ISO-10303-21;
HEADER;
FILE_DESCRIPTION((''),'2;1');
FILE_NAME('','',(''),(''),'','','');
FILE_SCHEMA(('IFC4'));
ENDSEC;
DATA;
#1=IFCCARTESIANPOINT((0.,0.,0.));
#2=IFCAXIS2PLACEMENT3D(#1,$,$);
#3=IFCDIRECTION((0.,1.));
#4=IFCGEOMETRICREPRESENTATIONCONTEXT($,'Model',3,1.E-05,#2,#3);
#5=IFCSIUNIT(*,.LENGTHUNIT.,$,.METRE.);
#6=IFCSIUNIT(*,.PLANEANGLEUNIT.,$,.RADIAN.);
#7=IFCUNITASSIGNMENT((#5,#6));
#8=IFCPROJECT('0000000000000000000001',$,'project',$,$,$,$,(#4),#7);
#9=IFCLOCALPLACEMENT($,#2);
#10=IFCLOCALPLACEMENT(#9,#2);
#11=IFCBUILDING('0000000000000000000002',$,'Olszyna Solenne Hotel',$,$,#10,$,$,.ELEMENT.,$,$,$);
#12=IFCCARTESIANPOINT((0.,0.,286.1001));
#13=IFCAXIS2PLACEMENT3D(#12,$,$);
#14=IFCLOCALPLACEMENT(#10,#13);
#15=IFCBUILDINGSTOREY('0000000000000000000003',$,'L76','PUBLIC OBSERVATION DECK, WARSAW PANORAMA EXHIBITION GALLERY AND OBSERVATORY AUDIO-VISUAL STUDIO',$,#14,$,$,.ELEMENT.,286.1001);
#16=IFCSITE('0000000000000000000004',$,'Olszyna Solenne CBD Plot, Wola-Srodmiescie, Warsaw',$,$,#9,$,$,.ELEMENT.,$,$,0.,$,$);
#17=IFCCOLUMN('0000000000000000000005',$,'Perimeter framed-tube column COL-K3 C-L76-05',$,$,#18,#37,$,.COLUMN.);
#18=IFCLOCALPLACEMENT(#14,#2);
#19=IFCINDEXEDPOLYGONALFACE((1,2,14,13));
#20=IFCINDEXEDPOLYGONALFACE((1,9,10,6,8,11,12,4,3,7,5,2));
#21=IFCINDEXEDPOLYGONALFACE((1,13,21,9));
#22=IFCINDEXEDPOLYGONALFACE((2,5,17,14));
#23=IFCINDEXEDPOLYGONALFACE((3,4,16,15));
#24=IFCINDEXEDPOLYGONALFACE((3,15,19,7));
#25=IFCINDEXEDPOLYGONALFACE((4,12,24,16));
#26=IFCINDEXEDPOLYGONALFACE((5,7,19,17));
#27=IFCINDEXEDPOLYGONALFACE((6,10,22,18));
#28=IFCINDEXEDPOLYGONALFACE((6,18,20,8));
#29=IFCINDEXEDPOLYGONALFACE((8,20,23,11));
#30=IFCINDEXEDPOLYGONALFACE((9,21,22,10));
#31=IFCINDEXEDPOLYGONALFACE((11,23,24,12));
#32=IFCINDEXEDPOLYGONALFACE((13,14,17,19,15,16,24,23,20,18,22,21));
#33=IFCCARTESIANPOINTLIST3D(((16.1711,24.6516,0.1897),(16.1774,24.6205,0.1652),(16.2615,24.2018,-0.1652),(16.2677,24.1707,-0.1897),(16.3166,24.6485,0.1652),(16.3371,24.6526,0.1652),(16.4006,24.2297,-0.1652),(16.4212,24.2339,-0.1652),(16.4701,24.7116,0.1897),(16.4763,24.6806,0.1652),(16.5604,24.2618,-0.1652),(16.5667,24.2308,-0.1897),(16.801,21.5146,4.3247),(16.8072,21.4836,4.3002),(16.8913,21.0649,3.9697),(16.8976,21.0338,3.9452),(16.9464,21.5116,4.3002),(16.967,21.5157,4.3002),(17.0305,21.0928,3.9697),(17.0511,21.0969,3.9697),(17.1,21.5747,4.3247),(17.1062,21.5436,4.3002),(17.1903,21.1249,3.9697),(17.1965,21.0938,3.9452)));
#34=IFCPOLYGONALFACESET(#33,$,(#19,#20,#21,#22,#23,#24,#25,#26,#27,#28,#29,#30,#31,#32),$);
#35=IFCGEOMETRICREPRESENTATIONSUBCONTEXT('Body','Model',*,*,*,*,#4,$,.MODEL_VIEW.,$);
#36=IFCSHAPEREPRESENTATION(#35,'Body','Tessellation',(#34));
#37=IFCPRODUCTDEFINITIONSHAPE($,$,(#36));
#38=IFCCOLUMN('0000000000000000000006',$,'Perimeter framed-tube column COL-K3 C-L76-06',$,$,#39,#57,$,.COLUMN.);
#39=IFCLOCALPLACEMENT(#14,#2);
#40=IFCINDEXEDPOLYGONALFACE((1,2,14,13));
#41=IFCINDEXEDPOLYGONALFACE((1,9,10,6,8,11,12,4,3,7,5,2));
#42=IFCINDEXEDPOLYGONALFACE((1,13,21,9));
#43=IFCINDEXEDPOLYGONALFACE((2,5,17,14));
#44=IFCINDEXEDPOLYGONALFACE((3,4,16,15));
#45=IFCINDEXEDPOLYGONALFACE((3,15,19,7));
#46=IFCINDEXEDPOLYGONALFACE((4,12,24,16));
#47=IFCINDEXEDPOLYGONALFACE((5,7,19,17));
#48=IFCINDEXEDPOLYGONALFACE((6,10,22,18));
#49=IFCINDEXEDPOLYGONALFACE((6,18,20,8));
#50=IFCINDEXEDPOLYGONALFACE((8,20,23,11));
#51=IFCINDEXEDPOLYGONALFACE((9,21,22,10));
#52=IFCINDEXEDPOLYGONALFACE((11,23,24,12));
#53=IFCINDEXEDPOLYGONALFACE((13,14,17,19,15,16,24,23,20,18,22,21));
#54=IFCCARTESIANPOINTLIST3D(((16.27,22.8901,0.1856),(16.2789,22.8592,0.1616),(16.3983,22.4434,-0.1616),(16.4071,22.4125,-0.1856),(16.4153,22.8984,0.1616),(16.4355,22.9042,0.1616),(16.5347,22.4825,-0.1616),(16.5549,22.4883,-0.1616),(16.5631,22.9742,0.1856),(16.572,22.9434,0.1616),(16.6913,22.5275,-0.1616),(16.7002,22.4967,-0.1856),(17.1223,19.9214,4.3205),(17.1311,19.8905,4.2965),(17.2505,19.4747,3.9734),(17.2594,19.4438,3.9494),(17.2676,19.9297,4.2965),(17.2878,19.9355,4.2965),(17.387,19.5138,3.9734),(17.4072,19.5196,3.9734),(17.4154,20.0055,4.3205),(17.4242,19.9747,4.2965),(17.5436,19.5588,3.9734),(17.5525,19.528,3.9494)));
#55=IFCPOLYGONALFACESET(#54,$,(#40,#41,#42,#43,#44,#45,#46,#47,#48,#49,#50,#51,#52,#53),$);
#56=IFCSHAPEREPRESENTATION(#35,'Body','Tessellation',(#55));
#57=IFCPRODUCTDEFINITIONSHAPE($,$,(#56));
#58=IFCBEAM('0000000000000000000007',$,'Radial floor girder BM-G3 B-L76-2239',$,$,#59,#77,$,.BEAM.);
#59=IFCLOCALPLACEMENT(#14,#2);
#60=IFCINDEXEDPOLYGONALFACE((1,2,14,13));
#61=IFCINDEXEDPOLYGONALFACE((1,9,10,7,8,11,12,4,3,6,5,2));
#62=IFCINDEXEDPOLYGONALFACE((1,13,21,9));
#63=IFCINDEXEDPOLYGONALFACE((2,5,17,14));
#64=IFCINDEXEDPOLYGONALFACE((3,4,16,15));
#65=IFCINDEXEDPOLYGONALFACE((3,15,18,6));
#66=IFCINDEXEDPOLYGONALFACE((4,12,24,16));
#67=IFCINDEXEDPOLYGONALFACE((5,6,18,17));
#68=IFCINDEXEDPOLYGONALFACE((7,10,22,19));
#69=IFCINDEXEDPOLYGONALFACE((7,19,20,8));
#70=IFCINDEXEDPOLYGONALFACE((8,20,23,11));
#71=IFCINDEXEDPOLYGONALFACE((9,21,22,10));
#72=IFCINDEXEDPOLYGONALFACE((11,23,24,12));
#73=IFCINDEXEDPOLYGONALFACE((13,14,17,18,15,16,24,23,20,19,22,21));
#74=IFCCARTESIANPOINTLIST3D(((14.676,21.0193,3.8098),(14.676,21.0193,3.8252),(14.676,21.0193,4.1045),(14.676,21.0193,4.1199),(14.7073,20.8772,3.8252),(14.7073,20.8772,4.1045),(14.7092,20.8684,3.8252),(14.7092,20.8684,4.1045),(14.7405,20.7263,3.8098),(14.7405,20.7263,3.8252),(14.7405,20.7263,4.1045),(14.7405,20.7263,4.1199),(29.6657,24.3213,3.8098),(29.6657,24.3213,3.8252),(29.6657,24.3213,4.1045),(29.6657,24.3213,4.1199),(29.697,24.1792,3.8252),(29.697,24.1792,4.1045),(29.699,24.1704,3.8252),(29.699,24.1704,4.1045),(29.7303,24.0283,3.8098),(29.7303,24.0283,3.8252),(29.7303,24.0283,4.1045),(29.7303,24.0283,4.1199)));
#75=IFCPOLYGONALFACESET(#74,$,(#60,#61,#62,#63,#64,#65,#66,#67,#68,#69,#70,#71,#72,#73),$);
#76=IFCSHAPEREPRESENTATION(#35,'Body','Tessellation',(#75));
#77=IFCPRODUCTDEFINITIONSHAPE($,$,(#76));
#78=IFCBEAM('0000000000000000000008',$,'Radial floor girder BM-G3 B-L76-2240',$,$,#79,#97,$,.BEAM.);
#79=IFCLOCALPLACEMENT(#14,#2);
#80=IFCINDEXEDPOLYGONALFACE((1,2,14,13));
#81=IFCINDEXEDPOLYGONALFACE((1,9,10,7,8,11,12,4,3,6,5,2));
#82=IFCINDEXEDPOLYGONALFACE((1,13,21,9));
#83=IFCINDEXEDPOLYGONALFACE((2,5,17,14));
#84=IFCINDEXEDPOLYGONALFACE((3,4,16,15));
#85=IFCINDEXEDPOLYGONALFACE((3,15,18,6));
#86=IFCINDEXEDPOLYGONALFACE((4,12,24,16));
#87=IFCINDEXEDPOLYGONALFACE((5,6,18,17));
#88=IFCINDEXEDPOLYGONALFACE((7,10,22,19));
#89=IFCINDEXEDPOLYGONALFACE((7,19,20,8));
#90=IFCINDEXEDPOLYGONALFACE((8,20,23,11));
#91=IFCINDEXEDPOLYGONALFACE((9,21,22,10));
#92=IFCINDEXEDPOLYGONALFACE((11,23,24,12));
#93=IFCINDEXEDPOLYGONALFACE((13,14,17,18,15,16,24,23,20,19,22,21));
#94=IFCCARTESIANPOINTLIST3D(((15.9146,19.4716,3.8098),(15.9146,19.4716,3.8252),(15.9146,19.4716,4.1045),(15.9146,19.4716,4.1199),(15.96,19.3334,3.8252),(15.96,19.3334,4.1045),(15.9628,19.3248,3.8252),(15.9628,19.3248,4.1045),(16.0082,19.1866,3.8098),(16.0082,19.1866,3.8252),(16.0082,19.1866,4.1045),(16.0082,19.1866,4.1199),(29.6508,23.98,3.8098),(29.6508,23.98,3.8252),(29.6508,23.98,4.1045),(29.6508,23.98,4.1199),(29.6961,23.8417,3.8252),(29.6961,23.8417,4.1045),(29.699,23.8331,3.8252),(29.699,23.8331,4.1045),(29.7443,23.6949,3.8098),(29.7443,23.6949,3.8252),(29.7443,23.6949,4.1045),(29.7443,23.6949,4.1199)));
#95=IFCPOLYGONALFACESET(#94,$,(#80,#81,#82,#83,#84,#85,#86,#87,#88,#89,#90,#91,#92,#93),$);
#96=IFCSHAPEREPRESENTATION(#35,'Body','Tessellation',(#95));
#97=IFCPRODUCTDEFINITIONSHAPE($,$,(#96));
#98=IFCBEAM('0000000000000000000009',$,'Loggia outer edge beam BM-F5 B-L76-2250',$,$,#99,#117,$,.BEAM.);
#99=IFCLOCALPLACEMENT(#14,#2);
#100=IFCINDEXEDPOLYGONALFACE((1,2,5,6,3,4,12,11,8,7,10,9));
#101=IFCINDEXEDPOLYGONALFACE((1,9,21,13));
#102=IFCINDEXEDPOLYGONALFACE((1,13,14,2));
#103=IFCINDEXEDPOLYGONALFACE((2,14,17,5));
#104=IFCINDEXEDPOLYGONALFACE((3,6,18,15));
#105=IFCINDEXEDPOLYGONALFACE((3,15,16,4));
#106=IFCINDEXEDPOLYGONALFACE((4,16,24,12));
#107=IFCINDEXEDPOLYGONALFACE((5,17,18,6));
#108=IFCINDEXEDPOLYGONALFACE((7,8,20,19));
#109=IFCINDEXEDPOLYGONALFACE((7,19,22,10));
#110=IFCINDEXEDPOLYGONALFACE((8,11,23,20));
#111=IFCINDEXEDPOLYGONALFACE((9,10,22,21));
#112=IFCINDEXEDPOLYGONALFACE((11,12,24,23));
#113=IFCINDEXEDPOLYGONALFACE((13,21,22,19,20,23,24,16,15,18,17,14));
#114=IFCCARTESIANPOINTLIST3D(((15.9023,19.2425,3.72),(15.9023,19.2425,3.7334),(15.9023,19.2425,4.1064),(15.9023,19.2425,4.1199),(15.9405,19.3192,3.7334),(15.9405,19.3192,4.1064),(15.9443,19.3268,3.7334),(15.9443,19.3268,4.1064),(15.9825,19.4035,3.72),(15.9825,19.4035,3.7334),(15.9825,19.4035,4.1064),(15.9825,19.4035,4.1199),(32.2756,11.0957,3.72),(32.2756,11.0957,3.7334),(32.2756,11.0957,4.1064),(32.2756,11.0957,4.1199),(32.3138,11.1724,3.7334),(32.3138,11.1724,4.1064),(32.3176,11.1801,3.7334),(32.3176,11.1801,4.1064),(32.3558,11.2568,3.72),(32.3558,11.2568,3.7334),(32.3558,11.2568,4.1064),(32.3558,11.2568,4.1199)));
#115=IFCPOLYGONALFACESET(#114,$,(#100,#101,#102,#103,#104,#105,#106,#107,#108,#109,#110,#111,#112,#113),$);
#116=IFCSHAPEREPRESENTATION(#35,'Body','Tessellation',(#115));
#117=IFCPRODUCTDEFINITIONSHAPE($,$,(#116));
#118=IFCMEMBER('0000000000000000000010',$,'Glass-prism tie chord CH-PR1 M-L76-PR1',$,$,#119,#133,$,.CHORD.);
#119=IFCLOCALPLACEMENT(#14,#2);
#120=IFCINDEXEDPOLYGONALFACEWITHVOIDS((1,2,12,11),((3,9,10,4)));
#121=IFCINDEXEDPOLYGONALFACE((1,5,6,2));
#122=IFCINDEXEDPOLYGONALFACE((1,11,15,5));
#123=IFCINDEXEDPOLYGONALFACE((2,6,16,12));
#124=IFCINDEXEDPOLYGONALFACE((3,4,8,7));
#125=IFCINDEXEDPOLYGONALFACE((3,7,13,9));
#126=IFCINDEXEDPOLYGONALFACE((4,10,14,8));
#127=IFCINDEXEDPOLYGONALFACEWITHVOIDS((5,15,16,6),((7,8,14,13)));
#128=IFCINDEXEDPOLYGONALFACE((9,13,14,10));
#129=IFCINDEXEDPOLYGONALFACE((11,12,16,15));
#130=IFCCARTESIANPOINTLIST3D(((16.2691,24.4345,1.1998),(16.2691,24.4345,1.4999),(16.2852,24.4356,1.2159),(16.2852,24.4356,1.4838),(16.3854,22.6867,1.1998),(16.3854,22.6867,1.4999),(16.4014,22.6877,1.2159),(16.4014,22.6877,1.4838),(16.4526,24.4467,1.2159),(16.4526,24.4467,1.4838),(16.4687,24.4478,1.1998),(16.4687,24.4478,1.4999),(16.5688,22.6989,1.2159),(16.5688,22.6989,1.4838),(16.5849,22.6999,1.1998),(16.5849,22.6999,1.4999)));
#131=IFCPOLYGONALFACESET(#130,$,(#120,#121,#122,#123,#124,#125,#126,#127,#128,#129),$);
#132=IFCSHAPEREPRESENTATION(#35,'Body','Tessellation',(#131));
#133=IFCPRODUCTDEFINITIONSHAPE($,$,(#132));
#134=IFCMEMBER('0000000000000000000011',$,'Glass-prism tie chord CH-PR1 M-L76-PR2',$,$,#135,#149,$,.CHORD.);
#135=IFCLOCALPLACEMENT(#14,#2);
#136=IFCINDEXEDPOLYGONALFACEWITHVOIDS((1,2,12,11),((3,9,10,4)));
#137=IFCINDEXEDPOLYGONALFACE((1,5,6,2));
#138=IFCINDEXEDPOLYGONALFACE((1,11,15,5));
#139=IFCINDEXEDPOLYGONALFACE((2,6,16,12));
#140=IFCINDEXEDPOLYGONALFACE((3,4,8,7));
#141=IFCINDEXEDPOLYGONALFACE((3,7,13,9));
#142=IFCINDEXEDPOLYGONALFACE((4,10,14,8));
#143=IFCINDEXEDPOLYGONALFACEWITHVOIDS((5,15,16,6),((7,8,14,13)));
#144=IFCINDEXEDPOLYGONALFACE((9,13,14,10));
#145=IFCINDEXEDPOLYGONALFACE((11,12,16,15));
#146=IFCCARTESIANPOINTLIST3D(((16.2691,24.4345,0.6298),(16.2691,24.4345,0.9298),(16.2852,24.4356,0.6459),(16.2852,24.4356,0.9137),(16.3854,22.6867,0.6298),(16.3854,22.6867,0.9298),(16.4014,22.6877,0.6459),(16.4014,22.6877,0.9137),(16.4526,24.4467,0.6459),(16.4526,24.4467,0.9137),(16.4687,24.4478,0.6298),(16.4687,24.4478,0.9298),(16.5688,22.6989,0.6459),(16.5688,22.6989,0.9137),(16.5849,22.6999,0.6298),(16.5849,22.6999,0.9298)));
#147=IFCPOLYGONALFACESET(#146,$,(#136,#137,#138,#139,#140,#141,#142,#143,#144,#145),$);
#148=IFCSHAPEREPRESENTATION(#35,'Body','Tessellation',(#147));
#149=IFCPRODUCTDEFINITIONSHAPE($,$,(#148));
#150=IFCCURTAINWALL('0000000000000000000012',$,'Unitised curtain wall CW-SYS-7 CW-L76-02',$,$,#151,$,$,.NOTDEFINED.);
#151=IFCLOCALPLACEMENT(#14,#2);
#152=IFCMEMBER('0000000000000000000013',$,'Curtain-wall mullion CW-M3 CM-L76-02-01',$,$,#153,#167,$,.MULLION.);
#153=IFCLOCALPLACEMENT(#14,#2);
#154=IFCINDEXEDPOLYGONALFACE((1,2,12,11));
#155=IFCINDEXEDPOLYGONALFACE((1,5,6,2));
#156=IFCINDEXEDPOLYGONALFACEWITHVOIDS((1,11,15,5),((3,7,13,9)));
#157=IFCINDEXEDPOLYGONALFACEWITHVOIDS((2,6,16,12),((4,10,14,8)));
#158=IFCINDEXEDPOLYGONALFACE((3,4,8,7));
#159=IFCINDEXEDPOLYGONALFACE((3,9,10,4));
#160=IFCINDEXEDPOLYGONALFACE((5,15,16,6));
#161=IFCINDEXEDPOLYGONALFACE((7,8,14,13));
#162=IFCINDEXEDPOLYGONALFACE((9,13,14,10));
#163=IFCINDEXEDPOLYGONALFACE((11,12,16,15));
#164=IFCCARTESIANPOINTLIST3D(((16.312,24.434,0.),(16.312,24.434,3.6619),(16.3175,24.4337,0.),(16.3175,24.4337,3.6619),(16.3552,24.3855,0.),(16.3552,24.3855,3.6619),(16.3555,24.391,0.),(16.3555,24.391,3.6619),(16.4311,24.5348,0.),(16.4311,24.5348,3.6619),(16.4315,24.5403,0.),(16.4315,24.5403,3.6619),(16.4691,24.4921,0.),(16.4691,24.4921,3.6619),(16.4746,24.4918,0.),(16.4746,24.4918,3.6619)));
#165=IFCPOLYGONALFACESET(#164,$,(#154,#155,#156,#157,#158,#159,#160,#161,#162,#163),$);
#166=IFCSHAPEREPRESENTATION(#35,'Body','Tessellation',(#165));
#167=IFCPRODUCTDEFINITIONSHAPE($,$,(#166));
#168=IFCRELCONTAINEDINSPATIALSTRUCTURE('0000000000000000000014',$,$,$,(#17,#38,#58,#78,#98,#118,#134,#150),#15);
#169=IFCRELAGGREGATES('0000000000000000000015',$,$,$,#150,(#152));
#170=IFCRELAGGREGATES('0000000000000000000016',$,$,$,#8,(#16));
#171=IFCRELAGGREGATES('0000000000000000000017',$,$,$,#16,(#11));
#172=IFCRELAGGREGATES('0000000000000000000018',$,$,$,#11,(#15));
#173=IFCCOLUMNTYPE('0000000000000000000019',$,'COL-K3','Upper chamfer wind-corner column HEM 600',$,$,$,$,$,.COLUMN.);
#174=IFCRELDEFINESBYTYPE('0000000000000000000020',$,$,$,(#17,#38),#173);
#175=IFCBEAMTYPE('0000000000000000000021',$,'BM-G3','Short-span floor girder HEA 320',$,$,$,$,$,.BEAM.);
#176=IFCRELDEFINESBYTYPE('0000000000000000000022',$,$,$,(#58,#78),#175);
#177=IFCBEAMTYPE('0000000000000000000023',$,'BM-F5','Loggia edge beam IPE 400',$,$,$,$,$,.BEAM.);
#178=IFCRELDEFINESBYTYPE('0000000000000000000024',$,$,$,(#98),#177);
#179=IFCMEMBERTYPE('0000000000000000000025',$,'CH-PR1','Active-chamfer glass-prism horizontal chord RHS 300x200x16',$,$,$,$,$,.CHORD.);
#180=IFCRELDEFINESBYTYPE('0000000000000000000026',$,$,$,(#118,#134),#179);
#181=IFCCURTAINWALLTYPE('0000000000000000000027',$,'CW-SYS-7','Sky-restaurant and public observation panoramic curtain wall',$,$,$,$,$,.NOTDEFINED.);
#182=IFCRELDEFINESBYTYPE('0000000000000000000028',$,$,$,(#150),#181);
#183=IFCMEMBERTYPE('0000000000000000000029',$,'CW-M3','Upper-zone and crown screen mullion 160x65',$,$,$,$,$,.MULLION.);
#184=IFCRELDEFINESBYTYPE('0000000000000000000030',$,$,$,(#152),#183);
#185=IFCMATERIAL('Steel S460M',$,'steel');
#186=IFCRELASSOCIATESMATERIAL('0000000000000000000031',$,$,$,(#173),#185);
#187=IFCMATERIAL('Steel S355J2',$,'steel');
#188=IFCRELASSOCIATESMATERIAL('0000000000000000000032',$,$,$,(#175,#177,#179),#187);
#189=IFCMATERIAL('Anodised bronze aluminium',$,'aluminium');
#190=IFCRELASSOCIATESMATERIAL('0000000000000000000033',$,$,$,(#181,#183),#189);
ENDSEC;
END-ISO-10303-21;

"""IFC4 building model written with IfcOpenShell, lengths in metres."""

from ifc_helpers import new_model, si_unit, direction, frame, origin, origin_2d, place, context, subcontext, project, spatial, hollow_rectangle, i_section, extrude, source, transform, mapped, material, material_profile, profile_set, type_object, element, aggregate, save


model = new_model("IFC4")

# Units and contexts
model_context = context("Model", 3, precision=1e-05, world=origin(), true_north=direction((0.0, 1.0)))
body_context = subcontext(model_context, "Body", "Model", "MODEL_VIEW")
ifc_project = project(units=[si_unit("LENGTHUNIT", "METRE"), si_unit("PLANEANGLEUNIT", "RADIAN")], contexts=[model_context])

# Site, building, storey
site_placement = place(None, origin())
site = spatial("IfcSite", under=ifc_project, at=site_placement, Name="Olszyna Solenne CBD Plot, Wola-Srodmiescie, Warsaw", CompositionType="ELEMENT", RefElevation=0.0)
building_placement = place(site_placement, origin())
building = spatial("IfcBuilding", under=site, at=building_placement, Name="Olszyna Solenne Hotel", CompositionType="ELEMENT")
storey_placement = place(building_placement, frame((0.0, 0.0, 286.1001)))
storey = spatial("IfcBuildingStorey", under=building, at=storey_placement, Name="L76", Description="PUBLIC OBSERVATION DECK, WARSAW PANORAMA EXHIBITION GALLERY AND OBSERVATORY AUDIO-VISUAL STUDIO", CompositionType="ELEMENT", Elevation=286.1001)

# Columns
ifc_material_1 = material(Name="Steel S460M", Category="steel")
ifc_material_profile_1 = material_profile(ifc_material_1, i_section(OverallWidth=0.3049, OverallDepth=0.6201, WebThickness=0.021, FlangeThickness=0.04, at=origin_2d()), Name="HEM 600", Category="load-bearing")
ifc_profile_set_1 = profile_set([ifc_material_profile_1], Name="Steel S460M")
column_type = type_object("IfcColumnType", Name="COL-K3", Description="Upper chamfer wind-corner column HEM 600", PredefinedType="COLUMN", material=ifc_profile_set_1)
shared_shape_1 = source(origin(), body_context, "Body", "SweptSolid", [
    extrude(i_section(OverallWidth=0.3049, OverallDepth=0.6201, WebThickness=0.021, FlangeThickness=0.04, at=origin_2d()), origin(), (0.0, 0.0, 1.0), 5.2283),
])
column_1_placement = place(storey_placement, frame((16.3689, 24.4412, 0.0), z_axis=(0.120475, -0.599992, 0.790883), x_axis=(0.980431, 0.196864, 0.0)))
element("IfcColumn", 1, at=column_1_placement, inside=storey, type_object=column_type, Name="Perimeter framed-tube column COL-K3 C-L76-05", PredefinedType="COLUMN", context=body_context, shape_type="MappedRepresentation", body=[
    mapped(shared_shape_1, transform((0.0, 0.0, 0.0), x_axis=(1.0, 0.0, 0.0), y_axis=(0.0, 1.0, 0.0), z_axis=(0.0, 0.0, 1.0), scale=1.0)),
])
shared_shape_2 = source(origin(), body_context, "Body", "SweptSolid", [
    extrude(i_section(OverallWidth=0.3049, OverallDepth=0.6201, WebThickness=0.021, FlangeThickness=0.04, at=origin_2d()), origin(), (0.0, 0.0, 1.0), 5.1611),
])
column_2_placement = place(storey_placement, frame((16.4851, 22.6934, 0.0), z_axis=(0.165134, -0.575203, 0.801169), x_axis=(0.961174, 0.275942, 0.0)))
element("IfcColumn", 2, at=column_2_placement, inside=storey, type_object=column_type, Name="Perimeter framed-tube column COL-K3 C-L76-06", PredefinedType="COLUMN", context=body_context, shape_type="MappedRepresentation", body=[
    mapped(shared_shape_2, transform((0.0, 0.0, 0.0), x_axis=(1.0, 0.0, 0.0), y_axis=(0.0, 1.0, 0.0), z_axis=(0.0, 0.0, 1.0), scale=1.0)),
])

# Beams
ifc_material_2 = material(Name="Steel S355J2", Category="steel")
ifc_material_profile_2 = material_profile(ifc_material_2, i_section(OverallWidth=0.3, OverallDepth=0.3101, WebThickness=0.009, FlangeThickness=0.0154, at=origin_2d()), Name="HEA 320", Category="load-bearing")
ifc_profile_set_2 = profile_set([ifc_material_profile_2], Name="Steel S355J2")
beam_type_1 = type_object("IfcBeamType", Name="BM-G3", Description="Short-span floor girder HEA 320", PredefinedType="BEAM", material=ifc_profile_set_2)
shared_shape_3 = source(origin(), body_context, "Body", "SweptSolid", [
    extrude(i_section(OverallWidth=0.3, OverallDepth=0.3101, WebThickness=0.009, FlangeThickness=0.0154, at=origin_2d()), origin(), (0.0, 0.0, 1.0), 15.3491),
])
beam_1_placement = place(storey_placement, frame((14.7083, 20.8728, 3.9648), z_axis=(0.976586, 0.215126, 0.0), x_axis=(-0.215126, 0.976586, 0.0)))
element("IfcBeam", 3, at=beam_1_placement, inside=storey, type_object=beam_type_1, Name="Radial floor girder BM-G3 B-L76-2239", PredefinedType="BEAM", context=body_context, shape_type="MappedRepresentation", body=[
    mapped(shared_shape_3, transform((0.0, 0.0, 0.0), x_axis=(1.0, 0.0, 0.0), y_axis=(0.0, 1.0, 0.0), z_axis=(0.0, 0.0, 1.0), scale=1.0)),
])
shared_shape_4 = source(origin(), body_context, "Body", "SweptSolid", [
    extrude(i_section(OverallWidth=0.3, OverallDepth=0.3101, WebThickness=0.009, FlangeThickness=0.0154, at=origin_2d()), origin(), (0.0, 0.0, 1.0), 14.457),
])
beam_2_placement = place(storey_placement, frame((15.9614, 19.3291, 3.9648), z_axis=(0.950134, 0.311842, 0.0), x_axis=(-0.311842, 0.950134, 0.0)))
element("IfcBeam", 4, at=beam_2_placement, inside=storey, type_object=beam_type_1, Name="Radial floor girder BM-G3 B-L76-2240", PredefinedType="BEAM", context=body_context, shape_type="MappedRepresentation", body=[
    mapped(shared_shape_4, transform((0.0, 0.0, 0.0), x_axis=(1.0, 0.0, 0.0), y_axis=(0.0, 1.0, 0.0), z_axis=(0.0, 0.0, 1.0), scale=1.0)),
])
ifc_material_profile_3 = material_profile(ifc_material_2, i_section(OverallWidth=0.1799, OverallDepth=0.3999, WebThickness=0.0085, FlangeThickness=0.0134, at=origin_2d()), Name="IPE 400", Category="load-bearing")
ifc_profile_set_3 = profile_set([ifc_material_profile_3], Name="Steel S355J2")
beam_type_2 = type_object("IfcBeamType", Name="BM-F5", Description="Loggia edge beam IPE 400", PredefinedType="BEAM", material=ifc_profile_set_3)
shared_shape_5 = source(origin(), body_context, "Body", "SweptSolid", [
    extrude(i_section(OverallWidth=0.1799, OverallDepth=0.3999, WebThickness=0.0085, FlangeThickness=0.0134, at=origin_2d()), origin(), (0.0, 0.0, 1.0), 18.2881),
])
beam_3_placement = place(storey_placement, frame((15.9424, 19.323, 3.9199), z_axis=(0.895299, -0.445467, 0.0), x_axis=(0.445467, 0.895299, 0.0)))
element("IfcBeam", 5, at=beam_3_placement, inside=storey, type_object=beam_type_2, Name="Loggia outer edge beam BM-F5 B-L76-2250", PredefinedType="BEAM", context=body_context, shape_type="MappedRepresentation", body=[
    mapped(shared_shape_5, transform((0.0, 0.0, 0.0), x_axis=(1.0, 0.0, 0.0), y_axis=(0.0, 1.0, 0.0), z_axis=(0.0, 0.0, 1.0), scale=1.0)),
])

# Members
ifc_material_profile_4 = material_profile(ifc_material_2, hollow_rectangle(XDim=0.2, YDim=0.3, WallThickness=0.0161, at=origin_2d()), Name="RHS 300x200x16", Category="load-bearing")
ifc_profile_set_4 = profile_set([ifc_material_profile_4], Name="Steel S355J2")
member_type_1 = type_object("IfcMemberType", Name="CH-PR1", Description="Active-chamfer glass-prism horizontal chord RHS 300x200x16", PredefinedType="CHORD", material=ifc_profile_set_4)
shared_shape_6 = source(origin(), body_context, "Body", "SweptSolid", [
    extrude(hollow_rectangle(XDim=0.2, YDim=0.3, WallThickness=0.0161, at=origin_2d()), origin(), (0.0, 0.0, 1.0), 1.7517),
])
for number, where, z_axis, x_axis, name in (
    (6, (16.3689, 24.4412, 1.3499), (0.066343, -0.997797, 0.0), (0.997797, 0.066343, 0.0), "Glass-prism tie chord CH-PR1 M-L76-PR1"),
    (7, (16.3689, 24.4412, 0.7798), (0.066343, -0.997797, 0.0), (0.997797, 0.066343, 0.0), "Glass-prism tie chord CH-PR1 M-L76-PR2"),
):
    element("IfcMember", number, at=place(storey_placement, frame(where, z_axis=z_axis, x_axis=x_axis)), inside=storey, type_object=member_type_1, Name=name, PredefinedType="CHORD", context=body_context, shape_type="MappedRepresentation", body=[
        mapped(shared_shape_6, transform((0.0, 0.0, 0.0), x_axis=(1.0, 0.0, 0.0), y_axis=(0.0, 1.0, 0.0), z_axis=(0.0, 0.0, 1.0), scale=1.0)),
    ])

# Curtain wall, member
ifc_material_3 = material(Name="Anodised bronze aluminium", Category="aluminium")
curtain_wall_type = type_object("IfcCurtainWallType", Name="CW-SYS-7", Description="Sky-restaurant and public observation panoramic curtain wall", PredefinedType="NOTDEFINED", material=ifc_material_3)
curtain_wall_placement = place(storey_placement, origin())
curtain_wall = element("IfcCurtainWall", 8, at=curtain_wall_placement, inside=storey, type_object=curtain_wall_type, Name="Unitised curtain wall CW-SYS-7 CW-L76-02", PredefinedType="NOTDEFINED")
ifc_material_profile_5 = material_profile(ifc_material_3, hollow_rectangle(XDim=0.0649, YDim=0.1599, WallThickness=0.0039, at=origin_2d()), Name="MULL 160x65x4", Category="load-bearing")
ifc_profile_set_5 = profile_set([ifc_material_profile_5], Name="Anodised bronze aluminium")
member_type_2 = type_object("IfcMemberType", Name="CW-M3", Description="Upper-zone and crown screen mullion 160x65", PredefinedType="MULLION", material=ifc_profile_set_5)
shared_shape_7 = source(origin(), body_context, "Body", "SweptSolid", [
    extrude(hollow_rectangle(XDim=0.0649, YDim=0.1599, WallThickness=0.0039, at=origin_2d()), origin(), (0.0, 0.0, 1.0), 3.6619),
])
member_1_placement = place(storey_placement, frame((16.3933, 24.4629, 0.0), z_axis=(0.0, 0.0, 1.0), x_axis=(-0.664807, 0.747016, 0.0)))
member_1 = element("IfcMember", 9, at=member_1_placement, type_object=member_type_2, Name="Curtain-wall mullion CW-M3 CM-L76-02-01", PredefinedType="MULLION", context=body_context, shape_type="MappedRepresentation", body=[
    mapped(shared_shape_7, transform((0.0, 0.0, 0.0), x_axis=(1.0, 0.0, 0.0), y_axis=(0.0, 1.0, 0.0), z_axis=(0.0, 0.0, 1.0), scale=1.0)),
])
aggregate(curtain_wall, [member_1])

save(model, "model.ifc")
